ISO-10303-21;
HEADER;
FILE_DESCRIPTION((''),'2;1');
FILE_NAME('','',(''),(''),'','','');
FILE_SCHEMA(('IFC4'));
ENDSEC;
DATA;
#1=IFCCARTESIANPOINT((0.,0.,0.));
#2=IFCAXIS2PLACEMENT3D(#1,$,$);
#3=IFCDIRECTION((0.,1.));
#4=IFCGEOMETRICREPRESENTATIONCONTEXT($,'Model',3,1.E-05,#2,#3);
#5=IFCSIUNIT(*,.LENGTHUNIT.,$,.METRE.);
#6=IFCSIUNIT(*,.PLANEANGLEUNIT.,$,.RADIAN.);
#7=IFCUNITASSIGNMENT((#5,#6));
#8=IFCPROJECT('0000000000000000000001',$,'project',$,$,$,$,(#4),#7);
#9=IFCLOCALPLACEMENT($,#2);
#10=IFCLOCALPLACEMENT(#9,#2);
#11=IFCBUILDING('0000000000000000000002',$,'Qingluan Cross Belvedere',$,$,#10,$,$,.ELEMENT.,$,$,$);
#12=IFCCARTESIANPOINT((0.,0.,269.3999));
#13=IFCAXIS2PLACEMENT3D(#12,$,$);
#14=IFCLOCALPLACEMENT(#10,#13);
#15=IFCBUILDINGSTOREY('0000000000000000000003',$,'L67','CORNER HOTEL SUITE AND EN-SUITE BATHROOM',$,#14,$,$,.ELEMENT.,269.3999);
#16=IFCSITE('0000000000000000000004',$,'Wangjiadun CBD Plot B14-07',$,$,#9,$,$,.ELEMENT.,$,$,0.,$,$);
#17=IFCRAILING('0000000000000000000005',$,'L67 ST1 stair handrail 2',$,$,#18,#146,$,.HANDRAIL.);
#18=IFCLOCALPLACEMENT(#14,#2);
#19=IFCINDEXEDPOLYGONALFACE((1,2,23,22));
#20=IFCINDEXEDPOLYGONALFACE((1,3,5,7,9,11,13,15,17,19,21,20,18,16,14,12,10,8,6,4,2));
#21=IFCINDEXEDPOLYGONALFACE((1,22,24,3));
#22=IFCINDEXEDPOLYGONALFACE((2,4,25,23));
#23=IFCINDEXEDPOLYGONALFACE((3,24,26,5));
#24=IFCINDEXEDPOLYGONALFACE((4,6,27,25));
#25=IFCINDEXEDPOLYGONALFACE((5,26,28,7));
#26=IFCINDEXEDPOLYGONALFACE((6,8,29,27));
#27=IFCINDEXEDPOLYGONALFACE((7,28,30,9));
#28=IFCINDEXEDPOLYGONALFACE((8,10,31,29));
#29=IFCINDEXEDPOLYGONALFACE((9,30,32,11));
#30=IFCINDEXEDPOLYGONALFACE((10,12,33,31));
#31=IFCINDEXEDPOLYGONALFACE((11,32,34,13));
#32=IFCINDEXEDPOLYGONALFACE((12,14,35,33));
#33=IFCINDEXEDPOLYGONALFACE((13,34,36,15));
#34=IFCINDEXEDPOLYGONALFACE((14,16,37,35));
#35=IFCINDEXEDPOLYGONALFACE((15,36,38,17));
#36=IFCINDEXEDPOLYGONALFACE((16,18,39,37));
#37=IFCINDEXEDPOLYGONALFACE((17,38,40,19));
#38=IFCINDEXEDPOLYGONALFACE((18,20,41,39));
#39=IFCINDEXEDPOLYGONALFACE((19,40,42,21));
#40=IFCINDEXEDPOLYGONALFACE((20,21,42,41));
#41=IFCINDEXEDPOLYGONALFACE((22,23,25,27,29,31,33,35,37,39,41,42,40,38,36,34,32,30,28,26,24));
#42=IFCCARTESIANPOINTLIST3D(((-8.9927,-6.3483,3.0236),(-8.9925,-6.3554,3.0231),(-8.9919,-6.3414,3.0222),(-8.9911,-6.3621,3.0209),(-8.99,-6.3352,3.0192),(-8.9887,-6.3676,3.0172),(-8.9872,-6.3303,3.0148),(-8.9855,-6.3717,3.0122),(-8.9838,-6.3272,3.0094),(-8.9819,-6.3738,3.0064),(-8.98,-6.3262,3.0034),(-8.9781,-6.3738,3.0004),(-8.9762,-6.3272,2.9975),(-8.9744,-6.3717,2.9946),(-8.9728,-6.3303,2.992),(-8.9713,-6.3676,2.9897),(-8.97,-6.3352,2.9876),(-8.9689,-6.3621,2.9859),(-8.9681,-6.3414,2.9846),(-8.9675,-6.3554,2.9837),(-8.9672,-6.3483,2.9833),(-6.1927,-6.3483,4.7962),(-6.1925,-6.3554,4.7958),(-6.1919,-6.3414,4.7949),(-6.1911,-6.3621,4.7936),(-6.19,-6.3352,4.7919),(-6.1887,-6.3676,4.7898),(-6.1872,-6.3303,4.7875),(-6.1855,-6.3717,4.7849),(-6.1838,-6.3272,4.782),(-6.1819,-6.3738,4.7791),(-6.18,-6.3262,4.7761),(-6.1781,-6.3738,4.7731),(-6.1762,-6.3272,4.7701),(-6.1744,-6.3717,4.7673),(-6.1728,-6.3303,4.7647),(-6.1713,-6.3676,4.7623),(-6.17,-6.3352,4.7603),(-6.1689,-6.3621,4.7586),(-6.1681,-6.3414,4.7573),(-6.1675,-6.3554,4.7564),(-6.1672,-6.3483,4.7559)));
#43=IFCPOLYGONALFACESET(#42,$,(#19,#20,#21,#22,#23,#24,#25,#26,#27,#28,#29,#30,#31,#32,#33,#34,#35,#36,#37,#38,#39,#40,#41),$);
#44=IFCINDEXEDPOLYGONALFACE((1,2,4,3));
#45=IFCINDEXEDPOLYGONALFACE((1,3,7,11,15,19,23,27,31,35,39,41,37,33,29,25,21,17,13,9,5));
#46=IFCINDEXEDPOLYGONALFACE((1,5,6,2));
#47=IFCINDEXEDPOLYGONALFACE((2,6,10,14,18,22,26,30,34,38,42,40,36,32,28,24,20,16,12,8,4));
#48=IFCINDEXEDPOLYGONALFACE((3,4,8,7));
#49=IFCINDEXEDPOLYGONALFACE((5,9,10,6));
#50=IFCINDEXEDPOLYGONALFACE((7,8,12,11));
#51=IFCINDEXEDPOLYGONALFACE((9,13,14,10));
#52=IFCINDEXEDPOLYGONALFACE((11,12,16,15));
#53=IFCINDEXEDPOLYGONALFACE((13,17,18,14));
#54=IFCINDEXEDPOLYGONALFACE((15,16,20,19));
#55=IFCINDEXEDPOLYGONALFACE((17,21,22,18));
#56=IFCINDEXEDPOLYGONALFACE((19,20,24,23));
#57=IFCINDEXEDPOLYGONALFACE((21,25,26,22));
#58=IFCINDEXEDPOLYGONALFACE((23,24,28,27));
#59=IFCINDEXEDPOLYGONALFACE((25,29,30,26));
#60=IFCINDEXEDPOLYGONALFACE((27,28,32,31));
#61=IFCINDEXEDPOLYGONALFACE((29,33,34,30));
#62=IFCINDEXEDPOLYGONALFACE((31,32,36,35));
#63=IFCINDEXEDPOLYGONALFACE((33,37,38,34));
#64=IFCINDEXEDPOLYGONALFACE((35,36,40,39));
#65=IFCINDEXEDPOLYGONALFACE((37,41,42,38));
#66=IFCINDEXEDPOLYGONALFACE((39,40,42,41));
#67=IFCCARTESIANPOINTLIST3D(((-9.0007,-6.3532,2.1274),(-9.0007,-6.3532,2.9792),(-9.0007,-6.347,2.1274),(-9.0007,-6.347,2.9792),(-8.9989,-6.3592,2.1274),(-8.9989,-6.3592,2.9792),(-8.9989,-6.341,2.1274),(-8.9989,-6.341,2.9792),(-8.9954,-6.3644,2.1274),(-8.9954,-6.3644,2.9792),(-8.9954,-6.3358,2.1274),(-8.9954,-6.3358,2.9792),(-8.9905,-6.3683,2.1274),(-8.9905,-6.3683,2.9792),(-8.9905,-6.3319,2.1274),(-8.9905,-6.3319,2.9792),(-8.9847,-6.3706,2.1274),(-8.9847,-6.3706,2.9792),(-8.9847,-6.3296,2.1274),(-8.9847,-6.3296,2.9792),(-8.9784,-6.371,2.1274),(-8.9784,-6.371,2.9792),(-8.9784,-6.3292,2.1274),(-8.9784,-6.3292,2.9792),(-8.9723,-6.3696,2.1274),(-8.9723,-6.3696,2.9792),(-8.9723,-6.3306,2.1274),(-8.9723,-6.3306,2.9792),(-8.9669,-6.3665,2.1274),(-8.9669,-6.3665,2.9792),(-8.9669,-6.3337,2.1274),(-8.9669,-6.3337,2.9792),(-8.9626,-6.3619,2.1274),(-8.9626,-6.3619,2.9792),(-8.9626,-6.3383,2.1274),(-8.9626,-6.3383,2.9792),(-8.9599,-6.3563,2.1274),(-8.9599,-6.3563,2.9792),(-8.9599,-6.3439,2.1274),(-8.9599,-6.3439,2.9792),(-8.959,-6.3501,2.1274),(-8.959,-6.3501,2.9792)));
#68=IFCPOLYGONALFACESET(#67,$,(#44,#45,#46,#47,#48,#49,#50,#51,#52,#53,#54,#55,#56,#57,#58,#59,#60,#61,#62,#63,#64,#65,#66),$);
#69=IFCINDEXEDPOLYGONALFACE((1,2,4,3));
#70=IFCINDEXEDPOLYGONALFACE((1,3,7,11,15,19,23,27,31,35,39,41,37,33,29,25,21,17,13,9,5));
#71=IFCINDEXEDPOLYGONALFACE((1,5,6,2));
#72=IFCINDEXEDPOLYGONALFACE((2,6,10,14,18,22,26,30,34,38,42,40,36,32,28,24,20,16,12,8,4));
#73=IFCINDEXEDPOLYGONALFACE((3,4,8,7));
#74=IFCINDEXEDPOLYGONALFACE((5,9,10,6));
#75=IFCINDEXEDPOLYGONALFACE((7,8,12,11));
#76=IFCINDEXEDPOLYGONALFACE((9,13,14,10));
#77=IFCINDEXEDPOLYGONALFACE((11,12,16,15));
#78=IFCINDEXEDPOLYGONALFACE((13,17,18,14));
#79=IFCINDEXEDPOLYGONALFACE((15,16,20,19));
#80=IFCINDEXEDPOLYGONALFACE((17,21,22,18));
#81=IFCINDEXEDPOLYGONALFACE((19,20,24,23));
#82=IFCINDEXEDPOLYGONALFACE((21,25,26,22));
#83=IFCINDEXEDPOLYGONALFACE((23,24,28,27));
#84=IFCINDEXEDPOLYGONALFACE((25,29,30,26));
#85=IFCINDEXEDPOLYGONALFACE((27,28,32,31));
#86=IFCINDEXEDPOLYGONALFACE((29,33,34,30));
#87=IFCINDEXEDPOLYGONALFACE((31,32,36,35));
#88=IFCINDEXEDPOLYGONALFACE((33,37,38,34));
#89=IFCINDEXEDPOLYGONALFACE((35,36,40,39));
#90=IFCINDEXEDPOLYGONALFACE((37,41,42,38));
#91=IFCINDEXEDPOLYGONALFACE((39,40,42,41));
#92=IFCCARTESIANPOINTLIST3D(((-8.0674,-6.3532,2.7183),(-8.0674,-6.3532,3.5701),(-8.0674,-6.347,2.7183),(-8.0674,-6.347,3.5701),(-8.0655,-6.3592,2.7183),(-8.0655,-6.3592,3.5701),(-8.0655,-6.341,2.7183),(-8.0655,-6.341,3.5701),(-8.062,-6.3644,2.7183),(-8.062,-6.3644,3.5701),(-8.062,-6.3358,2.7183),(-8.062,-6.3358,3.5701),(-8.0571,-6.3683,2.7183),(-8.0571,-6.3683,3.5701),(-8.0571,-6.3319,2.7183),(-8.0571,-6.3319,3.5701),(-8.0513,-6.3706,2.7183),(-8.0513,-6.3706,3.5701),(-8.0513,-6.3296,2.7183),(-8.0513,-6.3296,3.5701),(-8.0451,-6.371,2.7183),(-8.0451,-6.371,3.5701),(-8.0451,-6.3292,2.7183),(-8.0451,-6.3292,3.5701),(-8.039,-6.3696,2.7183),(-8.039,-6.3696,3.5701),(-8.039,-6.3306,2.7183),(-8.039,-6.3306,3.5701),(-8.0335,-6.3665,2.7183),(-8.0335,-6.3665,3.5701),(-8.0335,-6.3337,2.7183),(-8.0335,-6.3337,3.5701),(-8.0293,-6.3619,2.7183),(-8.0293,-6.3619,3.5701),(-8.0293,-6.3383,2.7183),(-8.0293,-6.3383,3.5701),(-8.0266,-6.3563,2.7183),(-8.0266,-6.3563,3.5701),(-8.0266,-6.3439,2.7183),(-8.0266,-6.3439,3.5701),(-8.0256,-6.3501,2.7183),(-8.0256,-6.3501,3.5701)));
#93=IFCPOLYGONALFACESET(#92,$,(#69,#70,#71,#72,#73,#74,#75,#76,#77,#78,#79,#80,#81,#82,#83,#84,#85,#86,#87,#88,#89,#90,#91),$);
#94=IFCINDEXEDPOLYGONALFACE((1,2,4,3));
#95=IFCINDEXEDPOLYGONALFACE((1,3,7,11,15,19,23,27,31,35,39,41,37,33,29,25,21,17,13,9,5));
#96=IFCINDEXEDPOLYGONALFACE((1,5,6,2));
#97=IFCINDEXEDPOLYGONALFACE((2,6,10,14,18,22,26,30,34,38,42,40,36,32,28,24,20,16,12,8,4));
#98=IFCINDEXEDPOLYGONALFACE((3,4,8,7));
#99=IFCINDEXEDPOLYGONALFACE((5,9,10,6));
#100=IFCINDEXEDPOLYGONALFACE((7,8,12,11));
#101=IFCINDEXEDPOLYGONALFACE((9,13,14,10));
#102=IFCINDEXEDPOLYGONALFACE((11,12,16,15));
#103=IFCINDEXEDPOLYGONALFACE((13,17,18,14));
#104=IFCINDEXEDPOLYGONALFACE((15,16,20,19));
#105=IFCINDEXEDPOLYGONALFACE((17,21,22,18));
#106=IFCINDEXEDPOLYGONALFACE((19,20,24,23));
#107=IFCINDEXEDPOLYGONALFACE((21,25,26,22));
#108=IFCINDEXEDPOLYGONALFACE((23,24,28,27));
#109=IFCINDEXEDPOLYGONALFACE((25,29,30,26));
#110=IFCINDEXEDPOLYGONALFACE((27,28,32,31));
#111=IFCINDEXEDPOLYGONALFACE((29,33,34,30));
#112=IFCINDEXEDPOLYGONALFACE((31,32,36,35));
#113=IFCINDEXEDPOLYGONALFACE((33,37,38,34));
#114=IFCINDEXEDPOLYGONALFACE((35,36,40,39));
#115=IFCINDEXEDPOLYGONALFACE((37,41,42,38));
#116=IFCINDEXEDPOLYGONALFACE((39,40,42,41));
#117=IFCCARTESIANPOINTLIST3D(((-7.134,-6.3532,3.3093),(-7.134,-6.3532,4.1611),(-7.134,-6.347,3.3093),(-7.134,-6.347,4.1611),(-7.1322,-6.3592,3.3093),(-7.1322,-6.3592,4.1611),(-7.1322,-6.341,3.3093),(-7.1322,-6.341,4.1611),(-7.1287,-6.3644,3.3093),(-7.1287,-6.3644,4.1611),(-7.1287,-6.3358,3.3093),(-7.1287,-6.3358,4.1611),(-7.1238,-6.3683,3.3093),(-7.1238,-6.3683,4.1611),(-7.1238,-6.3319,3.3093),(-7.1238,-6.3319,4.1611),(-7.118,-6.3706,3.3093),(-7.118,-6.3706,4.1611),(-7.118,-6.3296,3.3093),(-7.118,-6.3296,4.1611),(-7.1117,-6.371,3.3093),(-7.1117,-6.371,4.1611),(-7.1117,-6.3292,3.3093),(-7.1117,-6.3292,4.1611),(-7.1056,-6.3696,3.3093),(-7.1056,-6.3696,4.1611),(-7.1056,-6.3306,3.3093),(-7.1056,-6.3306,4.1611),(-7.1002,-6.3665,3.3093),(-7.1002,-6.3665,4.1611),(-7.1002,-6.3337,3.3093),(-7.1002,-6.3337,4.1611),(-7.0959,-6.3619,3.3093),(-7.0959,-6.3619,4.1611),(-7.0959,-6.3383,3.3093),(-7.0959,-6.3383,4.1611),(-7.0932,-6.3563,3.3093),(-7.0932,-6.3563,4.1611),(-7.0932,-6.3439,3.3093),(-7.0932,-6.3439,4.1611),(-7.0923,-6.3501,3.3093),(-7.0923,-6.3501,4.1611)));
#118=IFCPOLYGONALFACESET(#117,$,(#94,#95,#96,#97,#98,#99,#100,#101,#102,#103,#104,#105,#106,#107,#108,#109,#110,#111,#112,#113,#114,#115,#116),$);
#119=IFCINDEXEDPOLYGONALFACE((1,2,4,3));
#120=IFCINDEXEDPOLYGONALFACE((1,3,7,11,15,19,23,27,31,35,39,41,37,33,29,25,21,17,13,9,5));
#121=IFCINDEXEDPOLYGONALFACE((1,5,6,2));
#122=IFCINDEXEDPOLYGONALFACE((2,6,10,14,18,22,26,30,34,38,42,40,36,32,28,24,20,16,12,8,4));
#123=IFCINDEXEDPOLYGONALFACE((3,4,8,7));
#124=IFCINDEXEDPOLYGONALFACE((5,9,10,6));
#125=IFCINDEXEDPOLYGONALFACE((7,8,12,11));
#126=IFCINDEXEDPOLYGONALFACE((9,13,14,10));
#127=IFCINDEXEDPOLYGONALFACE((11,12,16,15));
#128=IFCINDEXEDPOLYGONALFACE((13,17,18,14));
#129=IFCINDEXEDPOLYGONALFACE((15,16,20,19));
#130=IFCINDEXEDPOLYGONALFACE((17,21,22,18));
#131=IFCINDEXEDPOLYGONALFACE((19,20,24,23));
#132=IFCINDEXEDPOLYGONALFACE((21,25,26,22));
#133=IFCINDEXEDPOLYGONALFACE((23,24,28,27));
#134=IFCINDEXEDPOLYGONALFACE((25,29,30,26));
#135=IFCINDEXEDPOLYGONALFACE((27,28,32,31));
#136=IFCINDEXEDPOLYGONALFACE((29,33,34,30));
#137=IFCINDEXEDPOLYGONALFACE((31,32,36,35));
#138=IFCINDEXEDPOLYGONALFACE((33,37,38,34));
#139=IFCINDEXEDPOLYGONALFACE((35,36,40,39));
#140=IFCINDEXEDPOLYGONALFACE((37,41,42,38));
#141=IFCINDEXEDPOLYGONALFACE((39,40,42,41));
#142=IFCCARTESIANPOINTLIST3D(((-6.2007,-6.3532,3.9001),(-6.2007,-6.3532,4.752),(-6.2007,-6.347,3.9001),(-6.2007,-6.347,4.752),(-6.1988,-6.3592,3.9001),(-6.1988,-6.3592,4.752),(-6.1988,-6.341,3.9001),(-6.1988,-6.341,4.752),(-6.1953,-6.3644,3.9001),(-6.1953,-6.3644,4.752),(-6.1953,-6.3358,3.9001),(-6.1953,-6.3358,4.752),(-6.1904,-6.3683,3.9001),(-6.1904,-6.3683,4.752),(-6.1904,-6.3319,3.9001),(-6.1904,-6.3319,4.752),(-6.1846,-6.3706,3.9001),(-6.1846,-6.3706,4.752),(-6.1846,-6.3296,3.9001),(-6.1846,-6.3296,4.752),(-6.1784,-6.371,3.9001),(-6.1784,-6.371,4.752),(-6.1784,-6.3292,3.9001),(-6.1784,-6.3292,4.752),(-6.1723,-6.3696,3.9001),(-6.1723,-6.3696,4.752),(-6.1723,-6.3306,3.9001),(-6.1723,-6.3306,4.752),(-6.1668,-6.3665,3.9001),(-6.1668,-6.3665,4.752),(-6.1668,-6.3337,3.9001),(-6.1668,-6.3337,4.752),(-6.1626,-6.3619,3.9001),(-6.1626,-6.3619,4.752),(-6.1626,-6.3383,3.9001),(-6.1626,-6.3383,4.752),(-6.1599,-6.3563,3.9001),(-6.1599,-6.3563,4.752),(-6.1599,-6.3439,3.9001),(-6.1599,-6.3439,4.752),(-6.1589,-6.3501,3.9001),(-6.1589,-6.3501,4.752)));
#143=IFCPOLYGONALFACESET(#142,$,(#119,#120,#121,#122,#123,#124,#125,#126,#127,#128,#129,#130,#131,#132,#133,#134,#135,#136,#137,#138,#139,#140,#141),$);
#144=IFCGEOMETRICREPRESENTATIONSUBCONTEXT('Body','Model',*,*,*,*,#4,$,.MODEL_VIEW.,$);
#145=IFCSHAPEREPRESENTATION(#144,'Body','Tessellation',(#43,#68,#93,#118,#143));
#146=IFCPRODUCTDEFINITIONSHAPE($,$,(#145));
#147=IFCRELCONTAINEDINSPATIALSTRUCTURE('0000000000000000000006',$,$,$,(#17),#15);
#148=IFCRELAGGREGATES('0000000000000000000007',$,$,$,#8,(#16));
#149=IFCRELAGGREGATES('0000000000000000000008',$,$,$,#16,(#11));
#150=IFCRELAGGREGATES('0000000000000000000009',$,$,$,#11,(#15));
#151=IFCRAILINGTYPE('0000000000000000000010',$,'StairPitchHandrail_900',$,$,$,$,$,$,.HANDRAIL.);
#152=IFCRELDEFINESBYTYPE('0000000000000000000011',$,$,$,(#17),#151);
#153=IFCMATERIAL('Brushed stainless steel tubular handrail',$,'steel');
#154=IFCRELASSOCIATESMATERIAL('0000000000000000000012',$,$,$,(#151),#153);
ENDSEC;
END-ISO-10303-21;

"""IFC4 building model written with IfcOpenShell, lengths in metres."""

from ifc_helpers import new_model, si_unit, direction, frame, origin, origin_2d, place, context, subcontext, project, spatial, circle, extrude, material, type_object, element, save


model = new_model("IFC4")

# Units and contexts
model_context = context("Model", 3, precision=1e-05, world=origin(), true_north=direction((0.0, 1.0)))
body_context = subcontext(model_context, "Body", "Model", "MODEL_VIEW")
ifc_project = project(units=[si_unit("LENGTHUNIT", "METRE"), si_unit("PLANEANGLEUNIT", "RADIAN")], contexts=[model_context])

# Site, building, storey
site_placement = place(None, origin())
site = spatial("IfcSite", under=ifc_project, at=site_placement, Name="Wangjiadun CBD Plot B14-07", CompositionType="ELEMENT", RefElevation=0.0)
building_placement = place(site_placement, origin())
building = spatial("IfcBuilding", under=site, at=building_placement, Name="Qingluan Cross Belvedere", CompositionType="ELEMENT")
storey_placement = place(building_placement, frame((0.0, 0.0, 269.3999)))
storey = spatial("IfcBuildingStorey", under=building, at=storey_placement, Name="L67", Description="CORNER HOTEL SUITE AND EN-SUITE BATHROOM", CompositionType="ELEMENT", Elevation=269.3999)

# Railing
ifc_material_1 = material(Name="Brushed stainless steel tubular handrail", Category="steel")
railing_type_1 = type_object("IfcRailingType", Name="StairPitchHandrail_900", PredefinedType="HANDRAIL", material=ifc_material_1)
railing_1_placement = place(storey_placement, frame((-8.98, -6.3501, 2.1274)))
element("IfcRailing", 1, at=railing_1_placement, inside=storey, type_object=railing_type_1, Name="L67 ST1 stair handrail 2", PredefinedType="HANDRAIL", context=body_context, shape_type="SweptSolid", body=[
    extrude(circle(Radius=0.0239, at=origin_2d()), frame((0.0, 0.0, 0.876), z_axis=(0.844909, 0.0, 0.53491), x_axis=(0.0, 1.0, 0.0)), (0.0, 0.0, 1.0), 3.314),
    extrude(circle(Radius=0.021, at=origin_2d()), origin(), (0.0, 0.0, 1.0), 0.8518),
    extrude(circle(Radius=0.021, at=origin_2d()), frame((0.9333, 0.0, 0.5908)), (0.0, 0.0, 1.0), 0.8518),
    extrude(circle(Radius=0.021, at=origin_2d()), frame((1.8667, 0.0, 1.1819)), (0.0, 0.0, 1.0), 0.8518),
    extrude(circle(Radius=0.021, at=origin_2d()), frame((2.8, 0.0, 1.7727)), (0.0, 0.0, 1.0), 0.8518),
])

save(model, "model.ifc")
